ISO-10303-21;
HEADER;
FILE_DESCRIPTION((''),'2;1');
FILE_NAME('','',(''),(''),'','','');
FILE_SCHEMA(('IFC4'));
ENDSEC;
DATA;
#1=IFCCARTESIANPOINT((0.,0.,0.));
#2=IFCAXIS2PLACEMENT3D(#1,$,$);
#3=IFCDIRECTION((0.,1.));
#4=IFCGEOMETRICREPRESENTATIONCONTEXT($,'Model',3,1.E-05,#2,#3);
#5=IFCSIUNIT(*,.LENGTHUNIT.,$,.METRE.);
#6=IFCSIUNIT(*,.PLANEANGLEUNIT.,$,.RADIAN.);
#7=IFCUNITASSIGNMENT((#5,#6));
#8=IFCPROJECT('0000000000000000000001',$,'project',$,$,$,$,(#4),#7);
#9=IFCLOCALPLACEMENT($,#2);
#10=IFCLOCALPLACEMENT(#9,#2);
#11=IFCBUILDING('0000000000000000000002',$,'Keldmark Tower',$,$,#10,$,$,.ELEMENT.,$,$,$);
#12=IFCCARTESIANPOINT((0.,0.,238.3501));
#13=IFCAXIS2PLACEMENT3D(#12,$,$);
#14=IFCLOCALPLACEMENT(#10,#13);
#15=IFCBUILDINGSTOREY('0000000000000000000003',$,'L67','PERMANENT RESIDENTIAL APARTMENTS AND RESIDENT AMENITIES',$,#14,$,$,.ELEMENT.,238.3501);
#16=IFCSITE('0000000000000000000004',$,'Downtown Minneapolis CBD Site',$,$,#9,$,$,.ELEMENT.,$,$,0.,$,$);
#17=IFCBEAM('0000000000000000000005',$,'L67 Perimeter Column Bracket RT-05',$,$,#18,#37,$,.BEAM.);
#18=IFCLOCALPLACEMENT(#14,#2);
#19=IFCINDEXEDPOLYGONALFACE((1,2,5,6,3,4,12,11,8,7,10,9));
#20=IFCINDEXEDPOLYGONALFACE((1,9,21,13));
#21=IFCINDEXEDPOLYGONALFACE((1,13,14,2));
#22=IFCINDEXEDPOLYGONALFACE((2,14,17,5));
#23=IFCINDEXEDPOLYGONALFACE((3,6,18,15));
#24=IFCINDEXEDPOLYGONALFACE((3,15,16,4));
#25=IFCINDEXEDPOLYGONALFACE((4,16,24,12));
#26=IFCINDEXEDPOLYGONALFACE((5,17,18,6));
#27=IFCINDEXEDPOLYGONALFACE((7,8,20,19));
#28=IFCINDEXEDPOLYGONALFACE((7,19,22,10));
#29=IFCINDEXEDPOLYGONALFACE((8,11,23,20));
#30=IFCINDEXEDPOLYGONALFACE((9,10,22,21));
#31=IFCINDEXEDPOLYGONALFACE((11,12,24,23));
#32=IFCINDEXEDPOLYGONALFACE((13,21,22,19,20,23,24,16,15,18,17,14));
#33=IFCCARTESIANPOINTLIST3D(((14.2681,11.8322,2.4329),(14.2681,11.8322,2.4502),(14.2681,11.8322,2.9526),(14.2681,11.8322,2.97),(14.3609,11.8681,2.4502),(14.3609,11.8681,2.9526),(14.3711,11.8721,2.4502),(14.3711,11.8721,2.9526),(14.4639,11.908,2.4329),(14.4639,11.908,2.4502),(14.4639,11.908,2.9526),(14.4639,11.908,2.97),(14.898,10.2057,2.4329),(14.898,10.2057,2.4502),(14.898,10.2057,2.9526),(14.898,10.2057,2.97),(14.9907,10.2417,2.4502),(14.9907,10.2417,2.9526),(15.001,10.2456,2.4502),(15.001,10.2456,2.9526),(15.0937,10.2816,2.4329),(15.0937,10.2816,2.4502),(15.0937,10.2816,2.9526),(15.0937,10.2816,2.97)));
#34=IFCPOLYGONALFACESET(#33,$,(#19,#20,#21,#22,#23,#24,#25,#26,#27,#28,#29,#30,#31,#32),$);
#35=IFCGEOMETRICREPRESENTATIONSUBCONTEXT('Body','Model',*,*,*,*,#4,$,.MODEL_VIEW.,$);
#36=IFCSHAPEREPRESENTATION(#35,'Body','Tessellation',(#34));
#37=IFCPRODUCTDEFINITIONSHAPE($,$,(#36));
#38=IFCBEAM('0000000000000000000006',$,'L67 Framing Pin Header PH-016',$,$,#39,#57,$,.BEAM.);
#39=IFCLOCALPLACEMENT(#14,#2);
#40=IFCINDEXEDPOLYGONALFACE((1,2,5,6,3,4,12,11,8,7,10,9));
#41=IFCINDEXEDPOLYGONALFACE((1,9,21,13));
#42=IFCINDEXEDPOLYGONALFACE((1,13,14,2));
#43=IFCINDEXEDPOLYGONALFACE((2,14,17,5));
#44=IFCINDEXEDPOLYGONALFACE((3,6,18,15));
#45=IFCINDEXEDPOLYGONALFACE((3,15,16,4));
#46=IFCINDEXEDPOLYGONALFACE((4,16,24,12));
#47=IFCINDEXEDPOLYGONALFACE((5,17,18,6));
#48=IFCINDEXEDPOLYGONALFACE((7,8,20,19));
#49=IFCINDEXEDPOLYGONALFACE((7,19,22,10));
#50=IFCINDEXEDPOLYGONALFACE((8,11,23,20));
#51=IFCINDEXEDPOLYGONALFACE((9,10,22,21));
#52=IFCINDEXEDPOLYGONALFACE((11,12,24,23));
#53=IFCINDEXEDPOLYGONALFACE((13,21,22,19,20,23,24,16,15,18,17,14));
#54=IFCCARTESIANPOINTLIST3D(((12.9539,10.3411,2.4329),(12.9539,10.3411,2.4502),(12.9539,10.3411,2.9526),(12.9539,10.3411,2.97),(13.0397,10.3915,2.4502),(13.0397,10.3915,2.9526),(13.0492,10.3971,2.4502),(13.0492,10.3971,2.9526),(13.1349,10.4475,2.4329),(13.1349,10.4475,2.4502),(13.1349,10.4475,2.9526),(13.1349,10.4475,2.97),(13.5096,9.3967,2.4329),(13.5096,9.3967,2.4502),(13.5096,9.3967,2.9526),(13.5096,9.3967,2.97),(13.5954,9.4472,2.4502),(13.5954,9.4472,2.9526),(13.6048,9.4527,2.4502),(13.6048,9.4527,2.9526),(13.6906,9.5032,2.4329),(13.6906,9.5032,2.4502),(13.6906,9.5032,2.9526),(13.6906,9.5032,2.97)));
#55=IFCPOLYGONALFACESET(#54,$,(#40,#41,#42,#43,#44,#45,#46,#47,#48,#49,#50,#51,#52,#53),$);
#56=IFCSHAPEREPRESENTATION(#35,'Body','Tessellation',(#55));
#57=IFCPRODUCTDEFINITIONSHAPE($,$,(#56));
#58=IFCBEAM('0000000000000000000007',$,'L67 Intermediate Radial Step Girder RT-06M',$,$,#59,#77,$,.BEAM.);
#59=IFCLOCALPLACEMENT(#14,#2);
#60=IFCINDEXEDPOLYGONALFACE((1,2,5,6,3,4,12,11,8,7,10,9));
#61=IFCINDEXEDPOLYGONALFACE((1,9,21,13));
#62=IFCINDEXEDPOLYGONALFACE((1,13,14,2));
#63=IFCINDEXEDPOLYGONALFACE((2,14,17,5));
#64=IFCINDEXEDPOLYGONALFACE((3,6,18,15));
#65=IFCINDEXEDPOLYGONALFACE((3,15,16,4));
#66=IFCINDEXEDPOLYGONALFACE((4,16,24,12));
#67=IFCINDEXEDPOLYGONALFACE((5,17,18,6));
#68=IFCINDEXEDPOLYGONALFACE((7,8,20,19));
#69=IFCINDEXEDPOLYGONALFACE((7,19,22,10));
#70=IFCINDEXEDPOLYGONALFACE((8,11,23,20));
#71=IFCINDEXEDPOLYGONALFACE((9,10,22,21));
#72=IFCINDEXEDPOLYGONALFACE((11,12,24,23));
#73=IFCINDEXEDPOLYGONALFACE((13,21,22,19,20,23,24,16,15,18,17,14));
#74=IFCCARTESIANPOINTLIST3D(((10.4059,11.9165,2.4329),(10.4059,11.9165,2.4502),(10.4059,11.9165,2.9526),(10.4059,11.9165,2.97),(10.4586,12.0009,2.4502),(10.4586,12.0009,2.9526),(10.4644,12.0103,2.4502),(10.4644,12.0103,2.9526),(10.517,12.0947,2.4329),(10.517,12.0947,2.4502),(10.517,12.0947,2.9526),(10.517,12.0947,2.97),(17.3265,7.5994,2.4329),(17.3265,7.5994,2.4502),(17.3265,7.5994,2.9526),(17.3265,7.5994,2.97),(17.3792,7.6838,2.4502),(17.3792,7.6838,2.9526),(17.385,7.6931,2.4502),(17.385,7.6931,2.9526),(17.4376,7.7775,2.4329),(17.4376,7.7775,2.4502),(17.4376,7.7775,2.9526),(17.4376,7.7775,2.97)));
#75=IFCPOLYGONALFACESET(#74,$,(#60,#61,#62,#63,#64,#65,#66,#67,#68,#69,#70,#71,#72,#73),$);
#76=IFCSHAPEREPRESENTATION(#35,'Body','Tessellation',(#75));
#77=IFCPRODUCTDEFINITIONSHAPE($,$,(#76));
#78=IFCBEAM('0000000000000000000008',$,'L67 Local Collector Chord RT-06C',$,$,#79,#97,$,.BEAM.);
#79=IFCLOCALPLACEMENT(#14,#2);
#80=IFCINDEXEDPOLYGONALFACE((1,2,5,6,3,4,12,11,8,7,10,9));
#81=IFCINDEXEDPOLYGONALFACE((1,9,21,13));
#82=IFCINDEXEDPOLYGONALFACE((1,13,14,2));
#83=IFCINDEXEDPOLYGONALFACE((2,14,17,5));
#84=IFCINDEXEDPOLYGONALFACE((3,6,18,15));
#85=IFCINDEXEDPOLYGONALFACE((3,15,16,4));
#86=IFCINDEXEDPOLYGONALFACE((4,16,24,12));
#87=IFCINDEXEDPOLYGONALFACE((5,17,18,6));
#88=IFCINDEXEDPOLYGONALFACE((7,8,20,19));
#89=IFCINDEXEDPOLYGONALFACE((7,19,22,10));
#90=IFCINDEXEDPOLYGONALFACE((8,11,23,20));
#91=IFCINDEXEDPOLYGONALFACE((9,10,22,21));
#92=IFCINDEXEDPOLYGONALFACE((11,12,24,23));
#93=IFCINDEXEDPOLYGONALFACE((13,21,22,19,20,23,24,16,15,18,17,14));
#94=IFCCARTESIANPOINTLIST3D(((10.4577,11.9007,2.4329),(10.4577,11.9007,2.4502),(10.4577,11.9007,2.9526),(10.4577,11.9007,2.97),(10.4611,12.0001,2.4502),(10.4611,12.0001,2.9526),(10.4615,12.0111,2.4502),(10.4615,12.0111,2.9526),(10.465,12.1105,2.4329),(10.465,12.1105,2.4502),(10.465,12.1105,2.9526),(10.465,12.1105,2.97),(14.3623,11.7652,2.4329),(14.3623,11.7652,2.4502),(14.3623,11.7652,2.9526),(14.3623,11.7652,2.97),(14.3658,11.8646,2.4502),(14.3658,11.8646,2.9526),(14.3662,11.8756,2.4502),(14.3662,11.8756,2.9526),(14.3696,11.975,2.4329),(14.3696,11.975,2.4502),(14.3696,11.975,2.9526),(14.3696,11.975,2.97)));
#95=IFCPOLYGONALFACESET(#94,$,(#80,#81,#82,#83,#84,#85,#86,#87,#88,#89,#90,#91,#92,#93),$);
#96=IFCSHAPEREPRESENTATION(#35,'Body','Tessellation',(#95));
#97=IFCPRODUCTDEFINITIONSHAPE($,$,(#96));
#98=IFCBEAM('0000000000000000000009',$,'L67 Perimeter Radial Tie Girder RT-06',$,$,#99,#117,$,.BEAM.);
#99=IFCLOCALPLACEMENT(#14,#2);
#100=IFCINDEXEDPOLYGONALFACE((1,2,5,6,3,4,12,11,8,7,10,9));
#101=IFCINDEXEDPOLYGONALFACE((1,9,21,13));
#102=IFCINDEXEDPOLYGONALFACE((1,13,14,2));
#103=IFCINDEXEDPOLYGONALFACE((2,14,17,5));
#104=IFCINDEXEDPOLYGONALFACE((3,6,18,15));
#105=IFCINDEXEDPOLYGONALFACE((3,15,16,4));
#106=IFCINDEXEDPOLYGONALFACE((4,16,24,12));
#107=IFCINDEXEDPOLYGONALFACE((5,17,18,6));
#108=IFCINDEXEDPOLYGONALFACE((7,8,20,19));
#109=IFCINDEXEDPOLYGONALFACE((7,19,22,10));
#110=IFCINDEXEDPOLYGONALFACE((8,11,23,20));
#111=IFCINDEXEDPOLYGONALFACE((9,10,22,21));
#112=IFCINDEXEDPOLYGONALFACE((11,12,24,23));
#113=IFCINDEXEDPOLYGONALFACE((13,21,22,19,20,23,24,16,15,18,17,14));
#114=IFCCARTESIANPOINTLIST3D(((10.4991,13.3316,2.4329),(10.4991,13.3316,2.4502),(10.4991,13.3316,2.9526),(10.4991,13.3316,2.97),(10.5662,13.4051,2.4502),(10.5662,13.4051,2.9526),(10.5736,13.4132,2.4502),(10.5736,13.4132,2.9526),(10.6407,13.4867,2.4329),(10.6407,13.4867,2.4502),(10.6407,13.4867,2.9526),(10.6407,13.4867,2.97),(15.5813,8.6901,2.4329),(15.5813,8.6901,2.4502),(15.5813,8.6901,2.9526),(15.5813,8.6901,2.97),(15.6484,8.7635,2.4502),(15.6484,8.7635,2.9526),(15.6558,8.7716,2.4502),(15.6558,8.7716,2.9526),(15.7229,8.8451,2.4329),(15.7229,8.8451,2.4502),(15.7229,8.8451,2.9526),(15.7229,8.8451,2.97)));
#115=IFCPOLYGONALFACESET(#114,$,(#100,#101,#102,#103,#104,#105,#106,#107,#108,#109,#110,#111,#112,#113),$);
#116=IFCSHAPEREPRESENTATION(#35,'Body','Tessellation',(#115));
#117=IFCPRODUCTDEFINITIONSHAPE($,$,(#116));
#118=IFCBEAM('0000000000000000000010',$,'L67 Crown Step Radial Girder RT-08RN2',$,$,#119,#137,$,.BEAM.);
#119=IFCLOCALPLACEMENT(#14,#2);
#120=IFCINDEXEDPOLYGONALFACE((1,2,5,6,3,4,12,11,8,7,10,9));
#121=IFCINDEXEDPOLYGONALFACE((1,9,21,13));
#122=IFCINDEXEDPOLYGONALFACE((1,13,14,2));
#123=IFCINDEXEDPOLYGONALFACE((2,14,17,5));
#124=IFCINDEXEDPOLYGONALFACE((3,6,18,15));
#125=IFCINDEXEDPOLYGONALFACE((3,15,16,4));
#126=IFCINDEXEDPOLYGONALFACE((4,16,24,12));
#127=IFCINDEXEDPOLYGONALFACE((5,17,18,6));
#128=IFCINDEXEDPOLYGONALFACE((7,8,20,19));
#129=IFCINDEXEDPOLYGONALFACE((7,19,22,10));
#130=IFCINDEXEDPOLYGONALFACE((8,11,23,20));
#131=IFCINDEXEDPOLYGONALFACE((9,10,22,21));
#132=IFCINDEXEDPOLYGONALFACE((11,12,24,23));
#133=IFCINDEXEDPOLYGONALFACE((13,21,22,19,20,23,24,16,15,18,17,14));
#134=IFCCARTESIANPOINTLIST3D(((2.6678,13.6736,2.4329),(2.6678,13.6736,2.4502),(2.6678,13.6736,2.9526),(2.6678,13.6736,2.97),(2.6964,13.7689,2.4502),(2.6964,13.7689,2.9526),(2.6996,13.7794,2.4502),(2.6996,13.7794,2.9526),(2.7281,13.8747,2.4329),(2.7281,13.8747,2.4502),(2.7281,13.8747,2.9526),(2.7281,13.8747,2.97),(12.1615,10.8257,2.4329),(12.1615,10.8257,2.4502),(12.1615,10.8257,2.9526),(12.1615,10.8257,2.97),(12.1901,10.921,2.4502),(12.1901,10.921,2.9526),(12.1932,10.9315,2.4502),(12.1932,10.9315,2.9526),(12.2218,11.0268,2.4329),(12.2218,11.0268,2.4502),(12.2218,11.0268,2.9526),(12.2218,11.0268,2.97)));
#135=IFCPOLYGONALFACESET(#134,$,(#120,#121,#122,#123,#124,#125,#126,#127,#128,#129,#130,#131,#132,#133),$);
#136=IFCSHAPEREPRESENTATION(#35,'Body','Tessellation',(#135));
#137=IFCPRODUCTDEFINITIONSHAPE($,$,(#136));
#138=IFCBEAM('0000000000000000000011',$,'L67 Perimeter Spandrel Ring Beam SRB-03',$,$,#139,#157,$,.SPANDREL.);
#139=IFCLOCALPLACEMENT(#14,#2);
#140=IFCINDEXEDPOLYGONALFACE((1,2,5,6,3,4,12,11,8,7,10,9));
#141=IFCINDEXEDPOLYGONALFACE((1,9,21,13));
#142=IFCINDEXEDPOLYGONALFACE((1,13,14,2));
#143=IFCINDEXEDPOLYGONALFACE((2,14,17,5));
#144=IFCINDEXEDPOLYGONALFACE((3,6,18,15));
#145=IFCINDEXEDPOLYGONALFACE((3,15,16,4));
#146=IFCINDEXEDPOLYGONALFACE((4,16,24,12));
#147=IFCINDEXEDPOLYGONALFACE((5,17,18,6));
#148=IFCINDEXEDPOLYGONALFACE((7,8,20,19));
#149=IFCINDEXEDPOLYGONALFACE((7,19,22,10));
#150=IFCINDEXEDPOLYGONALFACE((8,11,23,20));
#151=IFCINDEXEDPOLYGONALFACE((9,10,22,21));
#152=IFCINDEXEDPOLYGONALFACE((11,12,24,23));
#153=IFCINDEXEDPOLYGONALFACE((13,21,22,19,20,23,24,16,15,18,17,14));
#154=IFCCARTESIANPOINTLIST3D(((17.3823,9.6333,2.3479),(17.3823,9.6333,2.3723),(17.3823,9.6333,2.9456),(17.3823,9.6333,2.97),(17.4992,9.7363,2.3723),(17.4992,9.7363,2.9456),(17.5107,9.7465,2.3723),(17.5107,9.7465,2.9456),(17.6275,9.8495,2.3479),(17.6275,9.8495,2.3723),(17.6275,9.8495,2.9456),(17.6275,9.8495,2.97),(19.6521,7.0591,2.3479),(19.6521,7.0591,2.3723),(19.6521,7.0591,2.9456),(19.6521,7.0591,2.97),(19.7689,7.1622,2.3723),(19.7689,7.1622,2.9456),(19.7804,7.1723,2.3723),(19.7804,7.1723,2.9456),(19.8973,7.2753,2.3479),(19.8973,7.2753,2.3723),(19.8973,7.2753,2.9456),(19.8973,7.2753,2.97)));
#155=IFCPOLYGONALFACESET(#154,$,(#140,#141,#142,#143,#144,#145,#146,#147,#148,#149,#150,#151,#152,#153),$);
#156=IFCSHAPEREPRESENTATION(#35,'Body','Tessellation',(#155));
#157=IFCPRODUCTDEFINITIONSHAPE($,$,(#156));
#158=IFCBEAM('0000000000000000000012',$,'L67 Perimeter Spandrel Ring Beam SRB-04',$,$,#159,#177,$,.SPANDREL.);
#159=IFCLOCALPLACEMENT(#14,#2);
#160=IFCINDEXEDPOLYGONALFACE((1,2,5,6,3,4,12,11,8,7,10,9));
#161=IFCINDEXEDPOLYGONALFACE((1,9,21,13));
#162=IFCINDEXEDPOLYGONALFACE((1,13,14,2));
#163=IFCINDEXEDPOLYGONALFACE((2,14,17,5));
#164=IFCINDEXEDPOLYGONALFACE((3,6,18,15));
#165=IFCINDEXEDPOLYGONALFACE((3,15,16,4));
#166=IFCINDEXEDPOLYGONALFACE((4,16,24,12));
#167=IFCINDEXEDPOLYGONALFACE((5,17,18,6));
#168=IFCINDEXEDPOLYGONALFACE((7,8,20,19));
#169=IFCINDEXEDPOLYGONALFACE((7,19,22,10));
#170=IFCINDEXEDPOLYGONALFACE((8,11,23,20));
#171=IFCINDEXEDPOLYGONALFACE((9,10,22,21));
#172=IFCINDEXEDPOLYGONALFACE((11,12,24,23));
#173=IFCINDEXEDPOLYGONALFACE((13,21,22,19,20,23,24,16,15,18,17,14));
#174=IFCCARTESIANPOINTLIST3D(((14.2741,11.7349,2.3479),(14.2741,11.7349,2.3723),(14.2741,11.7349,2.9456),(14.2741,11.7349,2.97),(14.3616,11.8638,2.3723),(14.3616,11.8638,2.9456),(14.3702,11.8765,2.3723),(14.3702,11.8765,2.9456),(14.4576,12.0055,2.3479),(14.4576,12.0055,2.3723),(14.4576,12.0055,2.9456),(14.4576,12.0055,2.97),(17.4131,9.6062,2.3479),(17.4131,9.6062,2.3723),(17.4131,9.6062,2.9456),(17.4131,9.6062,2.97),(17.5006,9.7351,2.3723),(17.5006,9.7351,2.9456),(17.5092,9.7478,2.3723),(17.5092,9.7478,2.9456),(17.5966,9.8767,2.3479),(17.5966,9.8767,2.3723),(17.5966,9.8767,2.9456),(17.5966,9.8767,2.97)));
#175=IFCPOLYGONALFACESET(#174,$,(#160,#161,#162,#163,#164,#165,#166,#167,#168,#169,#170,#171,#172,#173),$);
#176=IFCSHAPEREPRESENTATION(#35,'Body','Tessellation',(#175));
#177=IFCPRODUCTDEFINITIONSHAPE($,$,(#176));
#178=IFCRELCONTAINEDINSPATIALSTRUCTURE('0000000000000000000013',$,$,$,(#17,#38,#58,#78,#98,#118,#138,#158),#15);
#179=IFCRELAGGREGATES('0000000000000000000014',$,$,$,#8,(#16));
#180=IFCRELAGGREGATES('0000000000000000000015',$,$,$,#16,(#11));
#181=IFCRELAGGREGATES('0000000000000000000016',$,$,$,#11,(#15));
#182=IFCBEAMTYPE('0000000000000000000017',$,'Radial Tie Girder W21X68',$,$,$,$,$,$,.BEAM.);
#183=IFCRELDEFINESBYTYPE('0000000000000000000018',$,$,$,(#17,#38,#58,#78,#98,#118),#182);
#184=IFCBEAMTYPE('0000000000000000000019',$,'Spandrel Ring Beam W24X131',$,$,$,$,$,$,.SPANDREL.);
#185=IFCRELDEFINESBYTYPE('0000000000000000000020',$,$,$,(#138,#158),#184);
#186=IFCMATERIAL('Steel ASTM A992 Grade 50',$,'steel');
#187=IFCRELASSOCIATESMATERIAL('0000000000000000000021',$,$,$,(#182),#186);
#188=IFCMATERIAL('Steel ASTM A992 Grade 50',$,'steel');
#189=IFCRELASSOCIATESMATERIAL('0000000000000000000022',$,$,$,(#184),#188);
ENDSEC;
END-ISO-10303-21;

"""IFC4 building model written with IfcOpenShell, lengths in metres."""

from ifc_helpers import new_model, si_unit, direction, frame, origin, origin_2d, place, context, subcontext, project, spatial, i_section, extrude, material, material_profile, profile_set, type_object, element, save


model = new_model("IFC4")

# Units and contexts
model_context = context("Model", 3, precision=1e-05, world=origin(), true_north=direction((0.0, 1.0)))
body_context = subcontext(model_context, "Body", "Model", "MODEL_VIEW")
ifc_project = project(units=[si_unit("LENGTHUNIT", "METRE"), si_unit("PLANEANGLEUNIT", "RADIAN")], contexts=[model_context])

# Site, building, storey
site_placement = place(None, origin())
site = spatial("IfcSite", under=ifc_project, at=site_placement, Name="Downtown Minneapolis CBD Site", CompositionType="ELEMENT", RefElevation=0.0)
building_placement = place(site_placement, origin())
building = spatial("IfcBuilding", under=site, at=building_placement, Name="Keldmark Tower", CompositionType="ELEMENT")
storey_placement = place(building_placement, frame((0.0, 0.0, 238.3501)))
storey = spatial("IfcBuildingStorey", under=building, at=storey_placement, Name="L67", Description="PERMANENT RESIDENTIAL APARTMENTS AND RESIDENT AMENITIES", CompositionType="ELEMENT", Elevation=238.3501)

# Beams
ifc_material_1 = material(Name="Steel ASTM A992 Grade 50", Category="steel")
ifc_material_profile_1 = material_profile(ifc_material_1, i_section(OverallWidth=0.21, OverallDepth=0.5371, WebThickness=0.011, FlangeThickness=0.0173, at=origin_2d()), Name="W21X68")
ifc_profile_set_1 = profile_set([ifc_material_profile_1], Name="Steel ASTM A992 Grade 50")
beam_type_1 = type_object("IfcBeamType", Name="Radial Tie Girder W21X68", PredefinedType="BEAM", material=ifc_profile_set_1)
beam_1_placement = place(storey_placement, frame((14.9958, 10.2437, 2.7014), z_axis=(-0.361135, 0.932513, 0.0), x_axis=(-0.932513, -0.361135, 0.0)))
element("IfcBeam", 1, at=beam_1_placement, inside=storey, type_object=beam_type_1, Name="L67 Perimeter Column Bracket RT-05", PredefinedType="BEAM", context=body_context, shape_type="SweptSolid", body=[
    extrude(i_section(OverallWidth=0.21, OverallDepth=0.5371, WebThickness=0.011, FlangeThickness=0.0173, at=origin_2d()), origin(), (0.0, 0.0, 1.0), 1.7441),
])
beam_2_placement = place(storey_placement, frame((13.6001, 9.45, 2.7014), z_axis=(-0.507137, 0.861865, 0.0), x_axis=(-0.861865, -0.507137, 0.0)))
element("IfcBeam", 2, at=beam_2_placement, inside=storey, type_object=beam_type_1, Name="L67 Framing Pin Header PH-016", PredefinedType="BEAM", context=body_context, shape_type="SweptSolid", body=[
    extrude(i_section(OverallWidth=0.21, OverallDepth=0.5371, WebThickness=0.011, FlangeThickness=0.0173, at=origin_2d()), origin(), (0.0, 0.0, 1.0), 1.0957),
])
beam_3_placement = place(storey_placement, frame((17.3821, 7.6885, 2.7014), z_axis=(-0.848454, 0.52927, 0.0), x_axis=(-0.52927, -0.848454, 0.0)))
element("IfcBeam", 3, at=beam_3_placement, inside=storey, type_object=beam_type_1, Name="L67 Intermediate Radial Step Girder RT-06M", PredefinedType="BEAM", context=body_context, shape_type="SweptSolid", body=[
    extrude(i_section(OverallWidth=0.21, OverallDepth=0.5371, WebThickness=0.011, FlangeThickness=0.0173, at=origin_2d()), origin(), (0.0, 0.0, 1.0), 8.1567),
])
beam_4_placement = place(storey_placement, frame((14.366, 11.8701, 2.7014), z_axis=(-0.999398, 0.034682, 0.0), x_axis=(-0.034682, -0.999398, 0.0)))
element("IfcBeam", 4, at=beam_4_placement, inside=storey, type_object=beam_type_1, Name="L67 Local Collector Chord RT-06C", PredefinedType="BEAM", context=body_context, shape_type="SweptSolid", body=[
    extrude(i_section(OverallWidth=0.21, OverallDepth=0.5371, WebThickness=0.011, FlangeThickness=0.0173, at=origin_2d()), origin(), (0.0, 0.0, 1.0), 3.907),
])
beam_5_placement = place(storey_placement, frame((15.6521, 8.7676, 2.7014), z_axis=(-0.738394, 0.674369, 0.0), x_axis=(-0.674369, -0.738394, 0.0)))
element("IfcBeam", 5, at=beam_5_placement, inside=storey, type_object=beam_type_1, Name="L67 Perimeter Radial Tie Girder RT-06", PredefinedType="BEAM", context=body_context, shape_type="SweptSolid", body=[
    extrude(i_section(OverallWidth=0.21, OverallDepth=0.5371, WebThickness=0.011, FlangeThickness=0.0173, at=origin_2d()), origin(), (0.0, 0.0, 1.0), 6.8828),
])
beam_6_placement = place(storey_placement, frame((12.1917, 10.9263, 2.7014), z_axis=(-0.957832, 0.28733, 0.0), x_axis=(-0.28733, -0.957832, 0.0)))
element("IfcBeam", 6, at=beam_6_placement, inside=storey, type_object=beam_type_1, Name="L67 Crown Step Radial Girder RT-08RN2", PredefinedType="BEAM", context=body_context, shape_type="SweptSolid", body=[
    extrude(i_section(OverallWidth=0.21, OverallDepth=0.5371, WebThickness=0.011, FlangeThickness=0.0173, at=origin_2d()), origin(), (0.0, 0.0, 1.0), 9.9116),
])
ifc_material_2 = material(Name="Steel ASTM A992 Grade 50", Category="steel")
ifc_material_profile_2 = material_profile(ifc_material_2, i_section(OverallWidth=0.3269, OverallDepth=0.6221, WebThickness=0.0154, FlangeThickness=0.0244, at=origin_2d()), Name="W24X131")
ifc_profile_set_2 = profile_set([ifc_material_profile_2], Name="Steel ASTM A992 Grade 50")
beam_type_2 = type_object("IfcBeamType", Name="Spandrel Ring Beam W24X131", PredefinedType="SPANDREL", material=ifc_profile_set_2)
beam_7_placement = place(storey_placement, frame((19.7747, 7.1672, 2.6589), z_axis=(-0.66136, 0.750068, 0.0), x_axis=(-0.750068, -0.66136, 0.0)))
element("IfcBeam", 7, at=beam_7_placement, inside=storey, type_object=beam_type_2, Name="L67 Perimeter Spandrel Ring Beam SRB-03", PredefinedType="SPANDREL", context=body_context, shape_type="SweptSolid", body=[
    extrude(i_section(OverallWidth=0.3269, OverallDepth=0.6221, WebThickness=0.0154, FlangeThickness=0.0244, at=origin_2d()), origin(), (0.0, 0.0, 1.0), 3.4319),
])
beam_8_placement = place(storey_placement, frame((17.5049, 9.7415, 2.6589), z_axis=(-0.827637, 0.561264, 0.0), x_axis=(-0.561264, -0.827637, 0.0)))
element("IfcBeam", 8, at=beam_8_placement, inside=storey, type_object=beam_type_2, Name="L67 Perimeter Spandrel Ring Beam SRB-04", PredefinedType="SPANDREL", context=body_context, shape_type="SweptSolid", body=[
    extrude(i_section(OverallWidth=0.3269, OverallDepth=0.6221, WebThickness=0.0154, FlangeThickness=0.0244, at=origin_2d()), origin(), (0.0, 0.0, 1.0), 3.7927),
])

save(model, "model.ifc")
